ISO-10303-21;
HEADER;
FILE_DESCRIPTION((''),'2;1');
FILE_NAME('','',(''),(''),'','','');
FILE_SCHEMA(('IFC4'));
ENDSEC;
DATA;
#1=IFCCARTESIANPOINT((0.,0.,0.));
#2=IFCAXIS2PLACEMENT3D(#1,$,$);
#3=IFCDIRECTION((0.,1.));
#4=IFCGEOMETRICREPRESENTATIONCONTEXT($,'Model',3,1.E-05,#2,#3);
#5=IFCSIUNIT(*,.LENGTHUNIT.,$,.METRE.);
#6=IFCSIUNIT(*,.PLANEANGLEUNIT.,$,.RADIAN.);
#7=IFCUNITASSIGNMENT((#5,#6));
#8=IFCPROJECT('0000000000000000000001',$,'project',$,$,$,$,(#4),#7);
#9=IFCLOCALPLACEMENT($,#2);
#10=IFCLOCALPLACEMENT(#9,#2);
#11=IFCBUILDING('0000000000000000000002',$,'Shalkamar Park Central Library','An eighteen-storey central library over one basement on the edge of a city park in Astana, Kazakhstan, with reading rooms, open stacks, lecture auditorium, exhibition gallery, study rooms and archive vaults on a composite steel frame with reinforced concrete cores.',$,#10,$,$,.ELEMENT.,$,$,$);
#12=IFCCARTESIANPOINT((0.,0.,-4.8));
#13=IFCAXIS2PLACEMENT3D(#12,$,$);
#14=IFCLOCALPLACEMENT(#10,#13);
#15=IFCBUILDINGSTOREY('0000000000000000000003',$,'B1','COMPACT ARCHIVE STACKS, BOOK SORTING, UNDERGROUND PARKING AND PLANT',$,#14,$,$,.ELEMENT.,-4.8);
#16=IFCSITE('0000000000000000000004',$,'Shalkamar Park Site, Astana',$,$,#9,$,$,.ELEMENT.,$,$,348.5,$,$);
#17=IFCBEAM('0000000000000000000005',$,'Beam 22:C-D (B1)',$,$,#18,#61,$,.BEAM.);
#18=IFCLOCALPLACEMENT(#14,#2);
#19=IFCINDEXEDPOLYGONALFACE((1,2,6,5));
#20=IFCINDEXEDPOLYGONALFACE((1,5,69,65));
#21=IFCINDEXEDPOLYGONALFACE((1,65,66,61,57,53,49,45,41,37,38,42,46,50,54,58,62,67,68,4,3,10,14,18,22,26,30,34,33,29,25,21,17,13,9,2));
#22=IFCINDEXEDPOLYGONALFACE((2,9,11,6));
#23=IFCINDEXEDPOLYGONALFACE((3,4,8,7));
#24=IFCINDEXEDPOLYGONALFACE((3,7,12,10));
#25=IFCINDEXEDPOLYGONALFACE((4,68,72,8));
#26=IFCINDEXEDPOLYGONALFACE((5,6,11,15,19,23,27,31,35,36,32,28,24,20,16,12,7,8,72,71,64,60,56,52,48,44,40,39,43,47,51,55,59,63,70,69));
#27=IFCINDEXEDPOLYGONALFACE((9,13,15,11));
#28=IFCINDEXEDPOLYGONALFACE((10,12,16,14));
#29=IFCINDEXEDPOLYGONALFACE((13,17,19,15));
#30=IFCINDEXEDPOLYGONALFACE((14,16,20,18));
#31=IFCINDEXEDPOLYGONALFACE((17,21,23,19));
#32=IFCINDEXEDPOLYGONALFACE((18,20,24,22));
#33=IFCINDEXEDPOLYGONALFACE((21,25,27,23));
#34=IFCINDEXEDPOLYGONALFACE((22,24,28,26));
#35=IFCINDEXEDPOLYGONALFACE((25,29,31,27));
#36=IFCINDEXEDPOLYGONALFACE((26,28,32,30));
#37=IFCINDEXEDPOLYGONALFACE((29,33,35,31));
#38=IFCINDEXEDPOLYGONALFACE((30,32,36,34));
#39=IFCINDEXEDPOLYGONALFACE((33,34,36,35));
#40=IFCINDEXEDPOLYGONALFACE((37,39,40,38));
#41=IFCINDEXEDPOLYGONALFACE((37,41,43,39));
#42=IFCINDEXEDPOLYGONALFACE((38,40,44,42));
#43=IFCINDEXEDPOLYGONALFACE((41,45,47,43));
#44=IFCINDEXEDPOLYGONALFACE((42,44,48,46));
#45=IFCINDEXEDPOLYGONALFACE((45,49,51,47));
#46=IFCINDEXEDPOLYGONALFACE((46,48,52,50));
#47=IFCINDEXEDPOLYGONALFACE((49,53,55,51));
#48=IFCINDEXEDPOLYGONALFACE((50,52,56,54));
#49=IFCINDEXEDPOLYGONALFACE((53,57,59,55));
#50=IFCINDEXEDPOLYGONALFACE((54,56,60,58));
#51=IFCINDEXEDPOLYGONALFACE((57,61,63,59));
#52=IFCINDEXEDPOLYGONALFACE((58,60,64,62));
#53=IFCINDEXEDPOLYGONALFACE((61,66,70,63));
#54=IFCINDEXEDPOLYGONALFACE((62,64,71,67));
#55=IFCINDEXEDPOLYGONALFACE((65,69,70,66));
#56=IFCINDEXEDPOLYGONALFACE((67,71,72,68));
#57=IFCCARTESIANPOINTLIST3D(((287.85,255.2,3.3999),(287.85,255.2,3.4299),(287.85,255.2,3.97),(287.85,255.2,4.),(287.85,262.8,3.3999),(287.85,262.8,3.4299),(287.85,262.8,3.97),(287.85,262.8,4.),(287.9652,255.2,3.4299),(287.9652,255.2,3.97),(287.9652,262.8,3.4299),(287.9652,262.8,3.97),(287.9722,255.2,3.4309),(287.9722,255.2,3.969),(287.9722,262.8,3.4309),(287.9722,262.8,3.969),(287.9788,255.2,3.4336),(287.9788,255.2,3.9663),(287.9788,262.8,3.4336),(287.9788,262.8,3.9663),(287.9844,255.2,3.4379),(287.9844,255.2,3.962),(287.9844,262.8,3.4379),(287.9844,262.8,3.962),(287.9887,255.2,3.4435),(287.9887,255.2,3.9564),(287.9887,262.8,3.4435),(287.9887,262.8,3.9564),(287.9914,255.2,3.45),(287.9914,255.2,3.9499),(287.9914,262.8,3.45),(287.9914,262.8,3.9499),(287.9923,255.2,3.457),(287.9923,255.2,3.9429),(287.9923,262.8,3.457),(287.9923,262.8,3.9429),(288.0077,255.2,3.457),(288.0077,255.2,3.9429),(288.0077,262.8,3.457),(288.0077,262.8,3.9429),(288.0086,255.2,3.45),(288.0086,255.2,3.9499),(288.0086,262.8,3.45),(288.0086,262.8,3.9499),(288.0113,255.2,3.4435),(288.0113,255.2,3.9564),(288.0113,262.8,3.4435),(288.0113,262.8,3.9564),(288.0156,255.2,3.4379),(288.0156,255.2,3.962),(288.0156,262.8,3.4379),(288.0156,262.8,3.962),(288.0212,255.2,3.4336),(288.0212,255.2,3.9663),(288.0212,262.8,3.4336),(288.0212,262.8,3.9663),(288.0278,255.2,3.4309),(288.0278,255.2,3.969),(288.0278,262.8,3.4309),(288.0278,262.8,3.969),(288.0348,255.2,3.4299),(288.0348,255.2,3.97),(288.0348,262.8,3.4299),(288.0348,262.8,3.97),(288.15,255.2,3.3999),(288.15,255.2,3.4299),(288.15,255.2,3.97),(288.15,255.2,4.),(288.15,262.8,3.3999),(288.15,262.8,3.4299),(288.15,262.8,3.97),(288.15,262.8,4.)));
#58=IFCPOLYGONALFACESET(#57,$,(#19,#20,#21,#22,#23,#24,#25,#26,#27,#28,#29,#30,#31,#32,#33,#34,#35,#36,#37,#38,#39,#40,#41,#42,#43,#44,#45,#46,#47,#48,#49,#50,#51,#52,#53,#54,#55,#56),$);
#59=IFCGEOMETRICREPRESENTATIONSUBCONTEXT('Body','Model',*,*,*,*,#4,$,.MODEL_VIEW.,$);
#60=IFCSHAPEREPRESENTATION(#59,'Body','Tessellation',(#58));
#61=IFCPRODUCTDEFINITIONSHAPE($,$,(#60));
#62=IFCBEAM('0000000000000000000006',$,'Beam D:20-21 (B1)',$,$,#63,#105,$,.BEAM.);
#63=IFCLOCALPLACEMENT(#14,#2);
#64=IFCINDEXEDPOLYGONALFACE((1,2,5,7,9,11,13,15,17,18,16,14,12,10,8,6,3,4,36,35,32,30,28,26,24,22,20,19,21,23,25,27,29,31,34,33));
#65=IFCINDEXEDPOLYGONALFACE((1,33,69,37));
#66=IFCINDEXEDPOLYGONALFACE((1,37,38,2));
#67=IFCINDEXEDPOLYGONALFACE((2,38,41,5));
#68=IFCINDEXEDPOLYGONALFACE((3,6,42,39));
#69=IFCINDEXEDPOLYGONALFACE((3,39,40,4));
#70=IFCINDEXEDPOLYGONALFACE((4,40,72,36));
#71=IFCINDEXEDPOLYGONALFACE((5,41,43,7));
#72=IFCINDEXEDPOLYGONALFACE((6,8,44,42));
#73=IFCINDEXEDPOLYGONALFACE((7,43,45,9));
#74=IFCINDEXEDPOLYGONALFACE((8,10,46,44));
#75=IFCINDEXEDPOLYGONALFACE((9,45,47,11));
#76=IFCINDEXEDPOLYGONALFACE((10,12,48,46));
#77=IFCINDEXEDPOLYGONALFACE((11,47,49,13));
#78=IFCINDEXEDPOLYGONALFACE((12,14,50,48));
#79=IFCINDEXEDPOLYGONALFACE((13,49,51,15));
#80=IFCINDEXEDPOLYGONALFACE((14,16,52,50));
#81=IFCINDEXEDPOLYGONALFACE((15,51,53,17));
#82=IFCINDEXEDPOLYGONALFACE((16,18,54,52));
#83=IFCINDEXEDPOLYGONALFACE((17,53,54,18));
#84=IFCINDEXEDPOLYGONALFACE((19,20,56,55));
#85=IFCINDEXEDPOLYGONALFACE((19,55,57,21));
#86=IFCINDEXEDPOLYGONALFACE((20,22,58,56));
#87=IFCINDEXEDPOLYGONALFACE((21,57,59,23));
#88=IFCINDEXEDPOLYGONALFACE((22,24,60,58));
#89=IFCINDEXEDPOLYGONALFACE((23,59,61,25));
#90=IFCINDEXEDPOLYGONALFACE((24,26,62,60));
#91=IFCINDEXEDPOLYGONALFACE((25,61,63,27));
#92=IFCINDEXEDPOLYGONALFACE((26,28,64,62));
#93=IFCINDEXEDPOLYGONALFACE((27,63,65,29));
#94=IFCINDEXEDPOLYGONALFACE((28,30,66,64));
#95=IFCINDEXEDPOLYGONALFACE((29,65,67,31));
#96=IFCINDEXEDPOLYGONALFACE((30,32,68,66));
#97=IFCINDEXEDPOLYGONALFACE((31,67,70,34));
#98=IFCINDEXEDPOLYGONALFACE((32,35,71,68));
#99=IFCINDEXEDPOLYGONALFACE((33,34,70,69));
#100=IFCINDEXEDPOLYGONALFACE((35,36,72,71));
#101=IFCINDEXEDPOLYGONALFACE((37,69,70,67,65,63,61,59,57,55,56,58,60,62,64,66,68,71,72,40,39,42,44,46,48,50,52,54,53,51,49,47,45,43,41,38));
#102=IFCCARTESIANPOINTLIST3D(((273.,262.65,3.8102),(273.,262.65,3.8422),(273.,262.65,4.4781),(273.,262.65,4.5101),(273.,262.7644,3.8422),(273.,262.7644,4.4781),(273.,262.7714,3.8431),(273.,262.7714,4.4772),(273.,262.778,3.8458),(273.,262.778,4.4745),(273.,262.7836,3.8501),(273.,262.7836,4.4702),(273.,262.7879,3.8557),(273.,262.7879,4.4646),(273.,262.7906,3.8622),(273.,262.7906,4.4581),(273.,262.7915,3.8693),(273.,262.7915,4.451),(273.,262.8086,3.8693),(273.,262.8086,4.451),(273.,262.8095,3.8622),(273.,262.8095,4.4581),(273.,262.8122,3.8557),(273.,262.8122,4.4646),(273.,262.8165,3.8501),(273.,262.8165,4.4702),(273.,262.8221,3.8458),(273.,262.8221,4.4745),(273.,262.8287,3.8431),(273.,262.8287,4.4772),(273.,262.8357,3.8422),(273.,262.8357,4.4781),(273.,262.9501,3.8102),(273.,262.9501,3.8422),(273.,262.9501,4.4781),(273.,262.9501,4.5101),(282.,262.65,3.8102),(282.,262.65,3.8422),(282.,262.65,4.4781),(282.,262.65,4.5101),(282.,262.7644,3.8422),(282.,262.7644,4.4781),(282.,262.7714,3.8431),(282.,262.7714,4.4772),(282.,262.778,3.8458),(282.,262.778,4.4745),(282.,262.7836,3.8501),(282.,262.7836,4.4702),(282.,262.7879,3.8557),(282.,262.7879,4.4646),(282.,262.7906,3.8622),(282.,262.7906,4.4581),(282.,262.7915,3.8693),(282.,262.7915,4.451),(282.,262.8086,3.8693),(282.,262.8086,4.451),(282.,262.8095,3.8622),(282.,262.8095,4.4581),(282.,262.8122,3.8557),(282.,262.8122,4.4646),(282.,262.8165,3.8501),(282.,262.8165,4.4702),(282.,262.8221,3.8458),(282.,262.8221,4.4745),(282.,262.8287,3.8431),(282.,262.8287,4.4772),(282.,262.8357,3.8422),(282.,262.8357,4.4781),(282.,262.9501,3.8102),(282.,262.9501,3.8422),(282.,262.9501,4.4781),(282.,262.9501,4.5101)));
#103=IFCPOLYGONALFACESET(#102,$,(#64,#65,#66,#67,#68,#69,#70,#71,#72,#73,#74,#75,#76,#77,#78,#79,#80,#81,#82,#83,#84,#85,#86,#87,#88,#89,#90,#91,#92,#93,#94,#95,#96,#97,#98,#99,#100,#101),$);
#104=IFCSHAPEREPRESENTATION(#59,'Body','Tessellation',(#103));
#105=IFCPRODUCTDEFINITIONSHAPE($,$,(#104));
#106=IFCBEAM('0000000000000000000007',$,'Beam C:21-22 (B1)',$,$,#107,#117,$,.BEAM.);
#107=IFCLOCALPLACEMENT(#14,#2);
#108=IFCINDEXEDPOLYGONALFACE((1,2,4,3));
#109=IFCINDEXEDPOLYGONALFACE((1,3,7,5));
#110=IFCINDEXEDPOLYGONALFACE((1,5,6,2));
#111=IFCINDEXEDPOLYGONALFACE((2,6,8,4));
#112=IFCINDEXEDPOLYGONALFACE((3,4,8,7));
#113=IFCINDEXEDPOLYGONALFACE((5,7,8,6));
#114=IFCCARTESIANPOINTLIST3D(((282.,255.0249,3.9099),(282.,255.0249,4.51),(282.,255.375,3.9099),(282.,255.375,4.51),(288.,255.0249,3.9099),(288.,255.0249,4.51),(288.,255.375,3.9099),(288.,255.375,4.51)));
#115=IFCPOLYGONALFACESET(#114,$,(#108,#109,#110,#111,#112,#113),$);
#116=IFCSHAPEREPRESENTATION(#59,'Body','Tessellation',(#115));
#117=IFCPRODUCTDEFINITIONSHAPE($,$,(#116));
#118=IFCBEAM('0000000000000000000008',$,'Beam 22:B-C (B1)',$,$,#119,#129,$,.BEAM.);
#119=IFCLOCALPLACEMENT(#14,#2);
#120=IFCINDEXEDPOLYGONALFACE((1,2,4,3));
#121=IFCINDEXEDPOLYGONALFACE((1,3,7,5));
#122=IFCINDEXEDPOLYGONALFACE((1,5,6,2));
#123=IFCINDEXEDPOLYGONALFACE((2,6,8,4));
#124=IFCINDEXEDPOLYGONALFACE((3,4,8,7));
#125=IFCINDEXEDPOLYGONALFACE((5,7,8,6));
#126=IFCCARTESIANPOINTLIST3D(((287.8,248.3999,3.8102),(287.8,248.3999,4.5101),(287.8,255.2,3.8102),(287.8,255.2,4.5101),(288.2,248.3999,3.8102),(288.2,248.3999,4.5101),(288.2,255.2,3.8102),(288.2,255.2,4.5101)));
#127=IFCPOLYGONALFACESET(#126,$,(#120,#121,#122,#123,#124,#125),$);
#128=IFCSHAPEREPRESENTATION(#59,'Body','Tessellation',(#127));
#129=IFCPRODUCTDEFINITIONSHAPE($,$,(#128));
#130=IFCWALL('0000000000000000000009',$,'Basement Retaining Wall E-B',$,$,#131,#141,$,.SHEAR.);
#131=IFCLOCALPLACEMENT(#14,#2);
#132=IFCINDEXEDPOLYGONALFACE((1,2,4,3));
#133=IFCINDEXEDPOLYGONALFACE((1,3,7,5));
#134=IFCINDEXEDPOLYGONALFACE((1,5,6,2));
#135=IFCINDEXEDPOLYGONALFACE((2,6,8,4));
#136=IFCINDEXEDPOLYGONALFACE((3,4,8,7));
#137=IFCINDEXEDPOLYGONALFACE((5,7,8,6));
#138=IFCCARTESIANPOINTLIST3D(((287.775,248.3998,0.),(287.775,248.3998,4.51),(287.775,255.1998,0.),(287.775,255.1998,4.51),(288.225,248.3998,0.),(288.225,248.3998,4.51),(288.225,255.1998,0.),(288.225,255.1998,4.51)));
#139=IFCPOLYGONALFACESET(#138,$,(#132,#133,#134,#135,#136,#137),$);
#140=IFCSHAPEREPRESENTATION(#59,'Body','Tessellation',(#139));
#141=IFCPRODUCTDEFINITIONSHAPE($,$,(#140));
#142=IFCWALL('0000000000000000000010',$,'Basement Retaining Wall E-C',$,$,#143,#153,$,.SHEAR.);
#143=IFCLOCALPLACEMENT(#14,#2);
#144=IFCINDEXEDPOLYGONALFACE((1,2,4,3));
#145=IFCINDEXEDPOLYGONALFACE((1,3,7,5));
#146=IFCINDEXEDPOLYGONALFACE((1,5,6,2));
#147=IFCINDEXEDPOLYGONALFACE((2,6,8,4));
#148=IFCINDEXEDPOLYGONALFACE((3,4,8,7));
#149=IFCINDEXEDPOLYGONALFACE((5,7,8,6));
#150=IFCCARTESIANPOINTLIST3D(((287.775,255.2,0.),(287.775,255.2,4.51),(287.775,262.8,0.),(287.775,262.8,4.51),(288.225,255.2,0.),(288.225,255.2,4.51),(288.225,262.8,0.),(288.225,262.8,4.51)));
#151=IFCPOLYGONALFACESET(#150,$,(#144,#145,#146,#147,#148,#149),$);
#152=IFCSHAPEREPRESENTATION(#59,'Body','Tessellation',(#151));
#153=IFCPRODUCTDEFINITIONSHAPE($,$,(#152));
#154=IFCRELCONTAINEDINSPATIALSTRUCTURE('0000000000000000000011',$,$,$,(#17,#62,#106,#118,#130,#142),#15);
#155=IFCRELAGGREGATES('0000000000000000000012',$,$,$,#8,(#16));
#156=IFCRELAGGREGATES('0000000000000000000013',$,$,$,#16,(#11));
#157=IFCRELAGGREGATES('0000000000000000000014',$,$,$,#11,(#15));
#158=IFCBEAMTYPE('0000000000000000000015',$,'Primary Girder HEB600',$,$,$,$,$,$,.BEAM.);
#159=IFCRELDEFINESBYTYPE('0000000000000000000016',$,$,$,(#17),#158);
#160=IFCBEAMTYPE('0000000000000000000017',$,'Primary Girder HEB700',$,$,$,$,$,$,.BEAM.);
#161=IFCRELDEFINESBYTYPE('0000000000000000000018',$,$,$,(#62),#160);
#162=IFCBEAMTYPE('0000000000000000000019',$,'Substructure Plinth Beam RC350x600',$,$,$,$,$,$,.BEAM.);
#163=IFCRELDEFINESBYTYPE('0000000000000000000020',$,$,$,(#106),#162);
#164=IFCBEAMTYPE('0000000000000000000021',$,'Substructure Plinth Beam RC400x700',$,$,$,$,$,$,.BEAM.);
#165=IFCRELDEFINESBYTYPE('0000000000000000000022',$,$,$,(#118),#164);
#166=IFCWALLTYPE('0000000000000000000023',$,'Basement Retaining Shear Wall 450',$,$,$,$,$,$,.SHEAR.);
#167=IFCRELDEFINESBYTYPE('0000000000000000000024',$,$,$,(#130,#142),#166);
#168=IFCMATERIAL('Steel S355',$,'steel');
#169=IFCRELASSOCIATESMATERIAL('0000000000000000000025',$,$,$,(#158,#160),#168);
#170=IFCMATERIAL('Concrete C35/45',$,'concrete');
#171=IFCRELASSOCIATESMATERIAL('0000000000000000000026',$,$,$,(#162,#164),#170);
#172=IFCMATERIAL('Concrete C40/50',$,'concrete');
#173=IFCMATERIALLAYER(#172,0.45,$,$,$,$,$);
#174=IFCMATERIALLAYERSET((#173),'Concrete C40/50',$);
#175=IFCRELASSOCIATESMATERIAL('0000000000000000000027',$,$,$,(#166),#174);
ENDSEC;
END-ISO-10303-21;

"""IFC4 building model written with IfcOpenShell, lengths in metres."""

from ifc_helpers import new_model, si_unit, direction, frame, frame_2d, origin, origin_2d, place, context, subcontext, project, spatial, rectangle, i_section, extrude, material, layer, layer_set, material_profile, profile_set, type_object, element, save


model = new_model("IFC4")

# Units and contexts
model_context = context("Model", 3, precision=1e-05, world=origin(), true_north=direction((0.0, 1.0)))
body_context = subcontext(model_context, "Body", "Model", "MODEL_VIEW")
ifc_project = project(units=[si_unit("LENGTHUNIT", "METRE"), si_unit("PLANEANGLEUNIT", "RADIAN")], contexts=[model_context])

# Site, building, storey
site_placement = place(None, origin())
site = spatial("IfcSite", under=ifc_project, at=site_placement, Name="Shalkamar Park Site, Astana", CompositionType="ELEMENT", RefElevation=348.5)
building_placement = place(site_placement, origin())
building = spatial("IfcBuilding", under=site, at=building_placement, Name="Shalkamar Park Central Library", Description="An eighteen-storey central library over one basement on the edge of a city park in Astana, Kazakhstan, with reading rooms, open stacks, lecture auditorium, exhibition gallery, study rooms and archive vaults on a composite steel frame with reinforced concrete cores.", CompositionType="ELEMENT")
storey_placement = place(building_placement, frame((0.0, 0.0, -4.8)))
storey = spatial("IfcBuildingStorey", under=building, at=storey_placement, Name="B1", Description="COMPACT ARCHIVE STACKS, BOOK SORTING, UNDERGROUND PARKING AND PLANT", CompositionType="ELEMENT", Elevation=-4.8)

# Shared definitions
ifc_material_1 = material(Name="Concrete C35/45", Category="concrete")

# Shared definitions
ifc_material_2 = material(Name="Concrete C40/50", Category="concrete")
ifc_material_3 = material(Name="Steel S355", Category="steel")

# Beams
ifc_material_profile_1 = material_profile(ifc_material_3, i_section(OverallWidth=0.3, OverallDepth=0.6001, WebThickness=0.0154, FlangeThickness=0.03, FilletRadius=0.0271, at=origin_2d()), Name="HEB 600")
ifc_profile_set_1 = profile_set([ifc_material_profile_1], Name="Steel S355")
beam_type_1 = type_object("IfcBeamType", Name="Primary Girder HEB600", PredefinedType="BEAM", material=ifc_profile_set_1)
for number, where, z_axis, x_axis, name in (
    (1, (288.0, 255.2, 3.7), (0.0, 1.0, 0.0), (-1.0, 0.0, 0.0), "Beam 22:C-D (B1)"),
):
    element("IfcBeam", number, at=place(storey_placement, frame(where, z_axis=z_axis, x_axis=x_axis)), inside=storey, type_object=beam_type_1, Name=name, PredefinedType="BEAM", context=body_context, shape_type="SweptSolid", body=[
        extrude(i_section(OverallWidth=0.3, OverallDepth=0.6001, WebThickness=0.0154, FlangeThickness=0.03, FilletRadius=0.0271, at=origin_2d()), origin(), (0.0, 0.0, 1.0), 7.6001),
    ])
ifc_material_profile_2 = material_profile(ifc_material_3, i_section(OverallWidth=0.3, OverallDepth=0.7, WebThickness=0.0171, FlangeThickness=0.032, FilletRadius=0.0271, at=origin_2d()), Name="HEB 700")
ifc_profile_set_2 = profile_set([ifc_material_profile_2], Name="Steel S355")
beam_type_2 = type_object("IfcBeamType", Name="Primary Girder HEB700", PredefinedType="BEAM", material=ifc_profile_set_2)
beam_1_placement = place(storey_placement, frame((273.0, 262.8, 4.1602), z_axis=(1.0, 0.0, 0.0), x_axis=(0.0, 1.0, 0.0)))
element("IfcBeam", 2, at=beam_1_placement, inside=storey, type_object=beam_type_2, Name="Beam D:20-21 (B1)", PredefinedType="BEAM", context=body_context, shape_type="SweptSolid", body=[
    extrude(i_section(OverallWidth=0.3, OverallDepth=0.7, WebThickness=0.0171, FlangeThickness=0.032, FilletRadius=0.0271, at=origin_2d()), origin(), (0.0, 0.0, 1.0), 9.0),
])
ifc_material_profile_3 = material_profile(ifc_material_1, rectangle(XDim=0.3501, YDim=0.6001, at=origin_2d()), Name="RC 350x600")
ifc_profile_set_3 = profile_set([ifc_material_profile_3], Name="Concrete C35/45")
beam_type_3 = type_object("IfcBeamType", Name="Substructure Plinth Beam RC350x600", PredefinedType="BEAM", material=ifc_profile_set_3)
beam_2_placement = place(storey_placement, frame((282.0, 255.2, 4.21), z_axis=(1.0, 0.0, 0.0), x_axis=(0.0, 1.0, 0.0)))
element("IfcBeam", 3, at=beam_2_placement, inside=storey, type_object=beam_type_3, Name="Beam C:21-22 (B1)", PredefinedType="BEAM", context=body_context, shape_type="SweptSolid", body=[
    extrude(rectangle(XDim=0.3501, YDim=0.6001, at=origin_2d()), origin(), (0.0, 0.0, 1.0), 6.0),
])
ifc_material_profile_4 = material_profile(ifc_material_1, rectangle(XDim=0.3999, YDim=0.7, at=origin_2d()), Name="RC 400x700")
ifc_profile_set_4 = profile_set([ifc_material_profile_4], Name="Concrete C35/45")
beam_type_4 = type_object("IfcBeamType", Name="Substructure Plinth Beam RC400x700", PredefinedType="BEAM", material=ifc_profile_set_4)
beam_3_placement = place(storey_placement, frame((288.0, 248.3999, 4.1602), z_axis=(0.0, 1.0, 0.0), x_axis=(-1.0, 0.0, 0.0)))
element("IfcBeam", 4, at=beam_3_placement, inside=storey, type_object=beam_type_4, Name="Beam 22:B-C (B1)", PredefinedType="BEAM", context=body_context, shape_type="SweptSolid", body=[
    extrude(rectangle(XDim=0.3999, YDim=0.7, at=origin_2d()), origin(), (0.0, 0.0, 1.0), 6.8),
])

# Walls
ifc_layer = layer(ifc_material_2, 0.45)
ifc_layer_set = layer_set([ifc_layer], Name="Concrete C40/50")
wall_type = type_object("IfcWallType", Name="Basement Retaining Shear Wall 450", PredefinedType="SHEAR", material=ifc_layer_set)
wall_1_placement = place(storey_placement, frame((288.0, 248.3999, 0.0), z_axis=(0.0, 0.0, 1.0), x_axis=(0.0, 1.0, 0.0)))
element("IfcWall", 5, at=wall_1_placement, inside=storey, type_object=wall_type, Name="Basement Retaining Wall E-B", PredefinedType="SHEAR", context=body_context, shape_type="SweptSolid", body=[
    extrude(rectangle(XDim=6.8, YDim=0.45, at=frame_2d((3.3999, 0.0))), origin(), (0.0, 0.0, 1.0), 4.51),
])
wall_2_placement = place(storey_placement, frame((288.0, 255.2, 0.0), z_axis=(0.0, 0.0, 1.0), x_axis=(0.0, 1.0, 0.0)))
element("IfcWall", 6, at=wall_2_placement, inside=storey, type_object=wall_type, Name="Basement Retaining Wall E-C", PredefinedType="SHEAR", context=body_context, shape_type="SweptSolid", body=[
    extrude(rectangle(XDim=7.6001, YDim=0.45, at=frame_2d((3.8, 0.0))), origin(), (0.0, 0.0, 1.0), 4.51),
])

save(model, "model.ifc")
